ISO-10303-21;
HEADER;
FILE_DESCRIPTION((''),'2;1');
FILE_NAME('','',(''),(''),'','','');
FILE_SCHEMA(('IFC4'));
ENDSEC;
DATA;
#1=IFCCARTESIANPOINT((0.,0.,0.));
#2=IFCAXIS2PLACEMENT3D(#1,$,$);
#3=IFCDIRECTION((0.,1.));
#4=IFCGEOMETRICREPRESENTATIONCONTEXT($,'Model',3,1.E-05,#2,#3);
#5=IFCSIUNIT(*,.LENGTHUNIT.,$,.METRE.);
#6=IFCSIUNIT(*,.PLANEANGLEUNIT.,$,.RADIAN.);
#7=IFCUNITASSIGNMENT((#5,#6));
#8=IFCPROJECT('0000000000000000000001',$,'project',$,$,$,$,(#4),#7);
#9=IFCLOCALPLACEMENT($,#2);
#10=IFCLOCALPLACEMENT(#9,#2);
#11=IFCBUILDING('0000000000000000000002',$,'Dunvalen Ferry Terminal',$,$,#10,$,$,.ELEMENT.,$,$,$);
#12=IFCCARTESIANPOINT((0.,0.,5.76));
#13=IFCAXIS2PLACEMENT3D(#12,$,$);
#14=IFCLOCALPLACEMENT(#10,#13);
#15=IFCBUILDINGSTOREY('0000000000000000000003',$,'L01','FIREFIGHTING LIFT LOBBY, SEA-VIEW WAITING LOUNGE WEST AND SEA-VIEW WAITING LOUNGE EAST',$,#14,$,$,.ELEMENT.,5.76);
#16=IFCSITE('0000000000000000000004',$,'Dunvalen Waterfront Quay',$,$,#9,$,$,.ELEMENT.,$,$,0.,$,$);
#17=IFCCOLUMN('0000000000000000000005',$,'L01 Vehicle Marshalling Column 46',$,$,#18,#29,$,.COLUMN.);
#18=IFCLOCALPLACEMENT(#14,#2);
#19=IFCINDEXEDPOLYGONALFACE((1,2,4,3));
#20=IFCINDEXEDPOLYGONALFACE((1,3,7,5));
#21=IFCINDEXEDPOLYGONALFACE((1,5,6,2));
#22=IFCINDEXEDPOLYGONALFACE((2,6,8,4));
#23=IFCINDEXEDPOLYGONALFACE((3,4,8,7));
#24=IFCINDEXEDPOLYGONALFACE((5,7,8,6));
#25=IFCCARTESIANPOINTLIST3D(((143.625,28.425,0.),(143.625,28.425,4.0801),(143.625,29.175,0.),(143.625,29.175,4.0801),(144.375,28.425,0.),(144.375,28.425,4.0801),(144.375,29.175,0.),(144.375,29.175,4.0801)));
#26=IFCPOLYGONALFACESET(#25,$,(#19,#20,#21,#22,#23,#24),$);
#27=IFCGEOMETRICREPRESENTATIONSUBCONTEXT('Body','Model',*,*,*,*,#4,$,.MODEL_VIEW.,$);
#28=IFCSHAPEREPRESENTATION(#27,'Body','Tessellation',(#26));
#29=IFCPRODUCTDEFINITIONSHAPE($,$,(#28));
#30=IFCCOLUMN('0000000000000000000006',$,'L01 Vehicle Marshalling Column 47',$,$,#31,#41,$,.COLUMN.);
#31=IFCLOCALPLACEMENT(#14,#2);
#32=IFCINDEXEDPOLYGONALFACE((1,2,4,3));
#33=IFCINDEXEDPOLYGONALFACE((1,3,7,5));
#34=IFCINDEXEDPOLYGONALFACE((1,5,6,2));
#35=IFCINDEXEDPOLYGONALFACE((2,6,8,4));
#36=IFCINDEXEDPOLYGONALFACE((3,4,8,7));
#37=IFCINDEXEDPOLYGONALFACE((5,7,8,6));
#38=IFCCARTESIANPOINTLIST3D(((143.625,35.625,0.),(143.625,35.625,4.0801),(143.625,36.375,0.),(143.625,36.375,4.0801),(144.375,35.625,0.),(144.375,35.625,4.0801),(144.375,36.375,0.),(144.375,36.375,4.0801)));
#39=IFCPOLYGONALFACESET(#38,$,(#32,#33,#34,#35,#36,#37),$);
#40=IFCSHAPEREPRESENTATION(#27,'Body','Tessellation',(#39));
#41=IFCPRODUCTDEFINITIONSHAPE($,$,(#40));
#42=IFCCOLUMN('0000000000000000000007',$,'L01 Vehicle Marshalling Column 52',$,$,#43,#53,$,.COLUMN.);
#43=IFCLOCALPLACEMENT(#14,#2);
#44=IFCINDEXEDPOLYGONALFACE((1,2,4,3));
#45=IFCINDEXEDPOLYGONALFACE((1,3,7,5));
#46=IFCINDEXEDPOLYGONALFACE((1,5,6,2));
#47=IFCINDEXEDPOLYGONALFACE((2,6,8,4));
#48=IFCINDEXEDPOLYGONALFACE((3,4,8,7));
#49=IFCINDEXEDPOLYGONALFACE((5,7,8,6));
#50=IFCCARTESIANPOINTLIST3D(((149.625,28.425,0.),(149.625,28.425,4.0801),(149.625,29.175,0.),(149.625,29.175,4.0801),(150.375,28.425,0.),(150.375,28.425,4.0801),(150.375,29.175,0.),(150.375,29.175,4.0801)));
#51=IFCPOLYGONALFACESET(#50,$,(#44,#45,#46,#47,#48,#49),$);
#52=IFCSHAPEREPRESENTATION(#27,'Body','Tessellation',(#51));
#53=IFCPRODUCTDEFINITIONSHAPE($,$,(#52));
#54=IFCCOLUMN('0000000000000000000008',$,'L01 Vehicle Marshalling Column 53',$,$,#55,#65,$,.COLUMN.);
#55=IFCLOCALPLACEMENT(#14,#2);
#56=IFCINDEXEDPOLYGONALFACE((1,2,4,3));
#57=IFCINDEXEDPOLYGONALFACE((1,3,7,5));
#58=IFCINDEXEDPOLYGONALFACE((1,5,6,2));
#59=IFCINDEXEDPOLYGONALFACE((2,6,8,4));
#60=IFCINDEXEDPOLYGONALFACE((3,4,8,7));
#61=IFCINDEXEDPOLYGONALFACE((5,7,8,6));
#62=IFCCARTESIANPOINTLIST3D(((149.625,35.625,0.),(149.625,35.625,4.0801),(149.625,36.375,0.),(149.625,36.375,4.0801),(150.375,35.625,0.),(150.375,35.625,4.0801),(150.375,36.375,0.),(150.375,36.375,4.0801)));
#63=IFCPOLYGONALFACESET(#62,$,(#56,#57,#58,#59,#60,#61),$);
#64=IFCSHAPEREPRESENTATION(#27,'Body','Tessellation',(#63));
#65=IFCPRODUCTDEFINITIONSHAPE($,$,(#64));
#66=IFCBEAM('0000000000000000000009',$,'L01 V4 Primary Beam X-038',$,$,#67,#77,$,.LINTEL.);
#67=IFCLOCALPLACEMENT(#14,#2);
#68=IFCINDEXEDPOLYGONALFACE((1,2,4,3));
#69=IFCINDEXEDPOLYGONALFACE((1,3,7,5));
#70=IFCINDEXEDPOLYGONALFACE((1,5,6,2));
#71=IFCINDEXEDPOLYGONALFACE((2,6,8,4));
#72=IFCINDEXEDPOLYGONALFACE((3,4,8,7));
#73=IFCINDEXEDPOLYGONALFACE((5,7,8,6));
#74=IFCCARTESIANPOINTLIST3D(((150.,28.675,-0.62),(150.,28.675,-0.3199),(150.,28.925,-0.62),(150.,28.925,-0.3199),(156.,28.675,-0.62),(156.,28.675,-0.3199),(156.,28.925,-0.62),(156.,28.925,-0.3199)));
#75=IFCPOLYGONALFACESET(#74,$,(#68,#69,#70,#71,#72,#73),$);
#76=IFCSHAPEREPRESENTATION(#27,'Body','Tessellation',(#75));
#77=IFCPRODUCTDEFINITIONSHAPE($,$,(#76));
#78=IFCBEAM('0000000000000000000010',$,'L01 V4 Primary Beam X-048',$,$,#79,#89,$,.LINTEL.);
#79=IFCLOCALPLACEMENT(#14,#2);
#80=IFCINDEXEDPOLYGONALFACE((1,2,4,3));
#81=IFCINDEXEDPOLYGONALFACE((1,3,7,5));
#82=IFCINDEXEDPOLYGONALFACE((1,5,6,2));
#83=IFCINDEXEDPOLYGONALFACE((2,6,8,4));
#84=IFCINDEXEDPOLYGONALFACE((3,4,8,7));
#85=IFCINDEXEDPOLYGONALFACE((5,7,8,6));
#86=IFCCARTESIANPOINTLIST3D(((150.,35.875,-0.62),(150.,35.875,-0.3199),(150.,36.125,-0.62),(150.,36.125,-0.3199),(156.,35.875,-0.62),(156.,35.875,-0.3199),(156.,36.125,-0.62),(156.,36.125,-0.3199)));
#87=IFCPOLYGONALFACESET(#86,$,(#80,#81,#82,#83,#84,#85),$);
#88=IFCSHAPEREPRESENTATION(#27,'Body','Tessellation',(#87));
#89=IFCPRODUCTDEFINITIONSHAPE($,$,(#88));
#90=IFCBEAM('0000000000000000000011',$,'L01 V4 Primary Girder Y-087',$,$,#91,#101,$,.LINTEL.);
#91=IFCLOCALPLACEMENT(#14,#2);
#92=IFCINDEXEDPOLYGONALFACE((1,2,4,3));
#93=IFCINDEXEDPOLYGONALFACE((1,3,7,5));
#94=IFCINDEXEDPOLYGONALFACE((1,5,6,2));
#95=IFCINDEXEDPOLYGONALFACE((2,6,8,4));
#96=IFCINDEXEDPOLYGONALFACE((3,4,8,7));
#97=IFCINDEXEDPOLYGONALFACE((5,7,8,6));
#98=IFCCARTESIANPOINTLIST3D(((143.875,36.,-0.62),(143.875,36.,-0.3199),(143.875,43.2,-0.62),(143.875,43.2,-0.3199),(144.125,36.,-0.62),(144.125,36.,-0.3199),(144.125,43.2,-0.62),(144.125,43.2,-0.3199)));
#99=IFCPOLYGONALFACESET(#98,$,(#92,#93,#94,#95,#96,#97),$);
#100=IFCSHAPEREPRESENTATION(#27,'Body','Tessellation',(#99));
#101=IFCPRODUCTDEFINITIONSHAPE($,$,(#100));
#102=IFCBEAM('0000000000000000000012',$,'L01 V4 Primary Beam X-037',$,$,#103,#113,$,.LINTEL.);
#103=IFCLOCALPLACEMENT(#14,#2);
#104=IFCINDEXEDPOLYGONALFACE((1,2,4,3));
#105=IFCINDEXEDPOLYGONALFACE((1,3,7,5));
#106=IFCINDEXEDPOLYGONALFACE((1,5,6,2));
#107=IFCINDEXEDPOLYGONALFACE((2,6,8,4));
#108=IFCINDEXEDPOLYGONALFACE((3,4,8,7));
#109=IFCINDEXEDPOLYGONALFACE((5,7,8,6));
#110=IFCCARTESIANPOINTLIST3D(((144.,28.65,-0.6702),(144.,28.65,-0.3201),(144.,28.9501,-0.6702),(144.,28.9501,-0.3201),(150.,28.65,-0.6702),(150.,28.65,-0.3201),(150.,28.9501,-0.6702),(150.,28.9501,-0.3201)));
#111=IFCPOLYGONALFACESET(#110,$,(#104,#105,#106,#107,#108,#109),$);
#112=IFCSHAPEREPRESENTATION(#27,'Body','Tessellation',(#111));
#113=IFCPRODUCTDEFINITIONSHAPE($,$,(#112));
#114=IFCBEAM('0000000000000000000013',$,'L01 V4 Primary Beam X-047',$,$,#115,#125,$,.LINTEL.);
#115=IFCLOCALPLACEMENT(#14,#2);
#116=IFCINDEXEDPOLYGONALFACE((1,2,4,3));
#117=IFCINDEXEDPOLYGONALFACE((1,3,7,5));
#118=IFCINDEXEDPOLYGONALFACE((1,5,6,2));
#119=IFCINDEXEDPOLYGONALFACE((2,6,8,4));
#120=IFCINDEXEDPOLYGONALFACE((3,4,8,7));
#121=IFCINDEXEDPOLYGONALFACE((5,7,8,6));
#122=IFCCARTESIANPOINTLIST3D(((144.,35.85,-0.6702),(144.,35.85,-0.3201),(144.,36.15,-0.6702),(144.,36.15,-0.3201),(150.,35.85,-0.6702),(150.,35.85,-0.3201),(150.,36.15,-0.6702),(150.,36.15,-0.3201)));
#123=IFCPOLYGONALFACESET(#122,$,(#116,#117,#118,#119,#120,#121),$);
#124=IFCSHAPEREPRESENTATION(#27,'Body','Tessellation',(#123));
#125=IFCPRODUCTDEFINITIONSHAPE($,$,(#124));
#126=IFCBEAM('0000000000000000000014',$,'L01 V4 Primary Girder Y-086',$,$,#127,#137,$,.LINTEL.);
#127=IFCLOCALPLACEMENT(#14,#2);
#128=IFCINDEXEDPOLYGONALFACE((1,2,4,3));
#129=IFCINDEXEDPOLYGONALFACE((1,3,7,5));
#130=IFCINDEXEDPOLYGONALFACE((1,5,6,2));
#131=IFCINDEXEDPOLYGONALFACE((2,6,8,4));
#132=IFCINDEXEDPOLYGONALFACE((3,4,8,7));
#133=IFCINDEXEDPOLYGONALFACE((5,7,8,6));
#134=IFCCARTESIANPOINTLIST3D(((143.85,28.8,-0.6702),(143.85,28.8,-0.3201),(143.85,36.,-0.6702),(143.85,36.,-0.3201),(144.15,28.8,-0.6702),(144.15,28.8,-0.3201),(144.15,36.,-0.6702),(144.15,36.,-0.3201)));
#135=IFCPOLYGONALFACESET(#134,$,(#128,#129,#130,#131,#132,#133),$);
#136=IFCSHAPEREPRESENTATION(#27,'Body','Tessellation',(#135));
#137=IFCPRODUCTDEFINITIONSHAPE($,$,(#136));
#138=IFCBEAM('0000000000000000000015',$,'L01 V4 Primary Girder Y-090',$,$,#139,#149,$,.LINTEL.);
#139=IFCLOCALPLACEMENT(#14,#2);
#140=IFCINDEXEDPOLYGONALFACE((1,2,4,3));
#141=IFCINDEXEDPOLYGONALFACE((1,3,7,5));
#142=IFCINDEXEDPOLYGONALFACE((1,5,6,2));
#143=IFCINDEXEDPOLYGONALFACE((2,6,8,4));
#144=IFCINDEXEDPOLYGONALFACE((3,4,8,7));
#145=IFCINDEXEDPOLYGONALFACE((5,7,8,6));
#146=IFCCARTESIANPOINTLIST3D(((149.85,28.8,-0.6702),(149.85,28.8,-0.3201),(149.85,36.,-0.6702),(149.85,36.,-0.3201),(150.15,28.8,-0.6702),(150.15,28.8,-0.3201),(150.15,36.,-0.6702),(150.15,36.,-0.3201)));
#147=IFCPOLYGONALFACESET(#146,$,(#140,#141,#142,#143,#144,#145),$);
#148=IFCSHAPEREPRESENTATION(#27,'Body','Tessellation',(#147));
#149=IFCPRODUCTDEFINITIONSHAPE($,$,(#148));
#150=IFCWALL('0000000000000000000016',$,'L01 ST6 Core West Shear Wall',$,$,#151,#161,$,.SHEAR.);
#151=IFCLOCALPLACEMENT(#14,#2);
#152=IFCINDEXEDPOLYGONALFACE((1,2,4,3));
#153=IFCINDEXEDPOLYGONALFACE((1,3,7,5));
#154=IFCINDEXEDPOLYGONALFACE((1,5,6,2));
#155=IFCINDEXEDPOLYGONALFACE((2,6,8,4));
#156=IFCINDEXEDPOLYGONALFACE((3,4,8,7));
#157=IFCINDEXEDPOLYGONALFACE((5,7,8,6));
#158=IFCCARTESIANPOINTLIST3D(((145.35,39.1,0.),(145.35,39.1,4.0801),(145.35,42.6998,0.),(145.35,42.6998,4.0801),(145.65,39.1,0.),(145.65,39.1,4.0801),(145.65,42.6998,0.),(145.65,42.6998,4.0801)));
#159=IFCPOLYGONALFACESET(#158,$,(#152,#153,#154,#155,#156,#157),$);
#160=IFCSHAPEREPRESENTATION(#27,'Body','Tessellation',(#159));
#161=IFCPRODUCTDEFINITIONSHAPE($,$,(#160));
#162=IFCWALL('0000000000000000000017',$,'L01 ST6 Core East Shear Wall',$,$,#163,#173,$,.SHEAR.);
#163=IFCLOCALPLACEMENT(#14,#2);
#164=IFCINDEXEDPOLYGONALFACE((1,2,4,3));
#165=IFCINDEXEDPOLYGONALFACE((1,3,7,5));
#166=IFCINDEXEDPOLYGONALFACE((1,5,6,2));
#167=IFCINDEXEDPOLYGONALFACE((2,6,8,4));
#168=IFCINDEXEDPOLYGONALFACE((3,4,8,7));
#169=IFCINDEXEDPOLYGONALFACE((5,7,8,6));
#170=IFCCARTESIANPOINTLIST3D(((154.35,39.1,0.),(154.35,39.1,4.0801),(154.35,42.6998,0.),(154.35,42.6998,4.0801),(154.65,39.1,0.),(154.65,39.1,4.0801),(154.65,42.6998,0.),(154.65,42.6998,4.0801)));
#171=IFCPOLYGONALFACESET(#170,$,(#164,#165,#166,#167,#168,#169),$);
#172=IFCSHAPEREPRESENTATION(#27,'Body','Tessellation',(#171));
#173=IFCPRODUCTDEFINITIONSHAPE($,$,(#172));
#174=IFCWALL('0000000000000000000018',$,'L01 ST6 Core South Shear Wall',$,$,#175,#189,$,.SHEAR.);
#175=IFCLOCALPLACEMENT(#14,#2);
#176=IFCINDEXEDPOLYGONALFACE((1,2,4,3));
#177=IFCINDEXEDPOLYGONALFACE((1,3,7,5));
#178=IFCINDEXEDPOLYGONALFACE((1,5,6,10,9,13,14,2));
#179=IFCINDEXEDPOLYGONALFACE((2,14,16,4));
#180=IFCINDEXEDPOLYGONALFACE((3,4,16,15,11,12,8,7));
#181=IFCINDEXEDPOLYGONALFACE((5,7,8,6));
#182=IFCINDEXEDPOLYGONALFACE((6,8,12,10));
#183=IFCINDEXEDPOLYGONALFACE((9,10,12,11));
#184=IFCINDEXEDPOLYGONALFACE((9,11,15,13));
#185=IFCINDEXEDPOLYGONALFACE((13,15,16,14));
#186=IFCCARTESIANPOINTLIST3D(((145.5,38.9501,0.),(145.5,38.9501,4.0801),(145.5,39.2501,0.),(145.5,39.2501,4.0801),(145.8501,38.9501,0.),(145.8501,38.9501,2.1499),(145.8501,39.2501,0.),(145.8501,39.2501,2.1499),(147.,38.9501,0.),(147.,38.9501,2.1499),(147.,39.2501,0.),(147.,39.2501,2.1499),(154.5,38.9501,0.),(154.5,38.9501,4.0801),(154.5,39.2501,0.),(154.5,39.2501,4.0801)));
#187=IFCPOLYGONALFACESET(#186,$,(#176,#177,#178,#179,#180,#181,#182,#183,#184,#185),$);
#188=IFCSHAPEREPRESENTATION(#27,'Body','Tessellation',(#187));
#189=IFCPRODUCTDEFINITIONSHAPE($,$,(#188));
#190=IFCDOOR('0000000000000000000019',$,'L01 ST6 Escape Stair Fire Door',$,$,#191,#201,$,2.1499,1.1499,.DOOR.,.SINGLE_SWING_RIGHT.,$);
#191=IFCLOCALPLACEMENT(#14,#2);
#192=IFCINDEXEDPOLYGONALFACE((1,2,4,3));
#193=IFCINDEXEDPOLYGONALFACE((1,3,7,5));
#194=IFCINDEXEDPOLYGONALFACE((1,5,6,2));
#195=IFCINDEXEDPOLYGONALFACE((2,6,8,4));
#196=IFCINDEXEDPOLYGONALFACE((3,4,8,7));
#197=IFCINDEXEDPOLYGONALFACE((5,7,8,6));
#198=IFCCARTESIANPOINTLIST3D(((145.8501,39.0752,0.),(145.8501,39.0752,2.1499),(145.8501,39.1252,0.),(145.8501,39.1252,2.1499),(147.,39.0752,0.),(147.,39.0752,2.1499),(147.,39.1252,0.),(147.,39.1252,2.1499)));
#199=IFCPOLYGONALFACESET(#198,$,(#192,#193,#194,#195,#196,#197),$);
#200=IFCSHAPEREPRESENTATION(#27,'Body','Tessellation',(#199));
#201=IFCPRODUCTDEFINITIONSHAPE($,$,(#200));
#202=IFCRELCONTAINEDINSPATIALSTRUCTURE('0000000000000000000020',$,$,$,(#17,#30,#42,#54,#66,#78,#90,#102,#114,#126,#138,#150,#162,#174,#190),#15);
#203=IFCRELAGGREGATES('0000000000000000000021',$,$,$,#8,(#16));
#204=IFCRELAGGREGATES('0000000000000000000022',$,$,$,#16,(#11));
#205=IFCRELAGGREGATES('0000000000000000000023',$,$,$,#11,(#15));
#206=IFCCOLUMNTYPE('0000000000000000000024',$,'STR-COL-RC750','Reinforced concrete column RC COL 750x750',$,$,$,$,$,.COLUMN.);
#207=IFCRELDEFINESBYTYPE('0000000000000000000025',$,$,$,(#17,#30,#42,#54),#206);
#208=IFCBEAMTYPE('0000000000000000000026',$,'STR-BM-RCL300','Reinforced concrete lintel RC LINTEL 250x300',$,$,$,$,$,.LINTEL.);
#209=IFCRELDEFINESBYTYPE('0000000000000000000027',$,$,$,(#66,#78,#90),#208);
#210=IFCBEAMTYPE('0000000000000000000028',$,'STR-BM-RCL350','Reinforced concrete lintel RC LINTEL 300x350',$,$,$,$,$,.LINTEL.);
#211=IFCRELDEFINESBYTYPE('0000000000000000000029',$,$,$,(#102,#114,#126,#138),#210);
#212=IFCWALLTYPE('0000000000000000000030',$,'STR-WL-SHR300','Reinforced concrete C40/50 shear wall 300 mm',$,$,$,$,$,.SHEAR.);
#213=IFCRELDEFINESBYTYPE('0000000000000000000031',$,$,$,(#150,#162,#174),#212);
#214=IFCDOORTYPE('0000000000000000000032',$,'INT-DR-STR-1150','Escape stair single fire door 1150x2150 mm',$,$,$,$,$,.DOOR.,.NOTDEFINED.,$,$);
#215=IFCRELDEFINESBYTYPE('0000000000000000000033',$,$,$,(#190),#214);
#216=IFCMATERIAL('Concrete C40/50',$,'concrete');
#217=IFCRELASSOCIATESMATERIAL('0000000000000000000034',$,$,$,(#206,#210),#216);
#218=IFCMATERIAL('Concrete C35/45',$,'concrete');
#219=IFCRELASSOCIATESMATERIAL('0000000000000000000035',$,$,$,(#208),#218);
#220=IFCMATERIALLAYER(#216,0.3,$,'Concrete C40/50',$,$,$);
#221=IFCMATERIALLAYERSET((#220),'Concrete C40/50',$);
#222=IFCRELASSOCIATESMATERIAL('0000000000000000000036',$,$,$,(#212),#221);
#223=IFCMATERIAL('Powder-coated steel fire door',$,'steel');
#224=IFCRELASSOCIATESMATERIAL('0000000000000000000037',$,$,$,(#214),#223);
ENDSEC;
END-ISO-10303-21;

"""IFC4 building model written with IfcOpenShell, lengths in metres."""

from ifc_helpers import new_model, si_unit, direction, frame, frame_2d, origin, origin_2d, place, context, subcontext, project, spatial, rectangle, extrude, material, layer, layer_set, material_profile, profile_set, type_object, element, fill, save


model = new_model("IFC4")

# Units and contexts
model_context = context("Model", 3, precision=1e-05, world=origin(), true_north=direction((0.0, 1.0)))
body_context = subcontext(model_context, "Body", "Model", "MODEL_VIEW")
ifc_project = project(units=[si_unit("LENGTHUNIT", "METRE"), si_unit("PLANEANGLEUNIT", "RADIAN")], contexts=[model_context])

# Site, building, storey
site_placement = place(None, origin())
site = spatial("IfcSite", under=ifc_project, at=site_placement, Name="Dunvalen Waterfront Quay", CompositionType="ELEMENT", RefElevation=0.0)
building_placement = place(site_placement, origin())
building = spatial("IfcBuilding", under=site, at=building_placement, Name="Dunvalen Ferry Terminal", CompositionType="ELEMENT")
storey_placement = place(building_placement, frame((0.0, 0.0, 5.76)))
storey = spatial("IfcBuildingStorey", under=building, at=storey_placement, Name="L01", Description="FIREFIGHTING LIFT LOBBY, SEA-VIEW WAITING LOUNGE WEST AND SEA-VIEW WAITING LOUNGE EAST", CompositionType="ELEMENT", Elevation=5.76)

# Columns
ifc_material_1 = material(Name="Concrete C40/50", Category="concrete")
ifc_material_profile_1 = material_profile(ifc_material_1, rectangle(XDim=0.75, YDim=0.75, at=origin_2d()), Name="Concrete C40/50")
ifc_profile_set_1 = profile_set([ifc_material_profile_1], Name="Concrete C40/50")
column_type = type_object("IfcColumnType", Name="STR-COL-RC750", Description="Reinforced concrete column RC COL 750x750", PredefinedType="COLUMN", material=ifc_profile_set_1)
for number, where, z_axis, x_axis, name in (
    (1, (144.0, 28.8, 0.0), (0.0, 0.0, 1.0), (1.0, 0.0, 0.0), "L01 Vehicle Marshalling Column 46"),
    (2, (144.0, 36.0, 0.0), (0.0, 0.0, 1.0), (1.0, 0.0, 0.0), "L01 Vehicle Marshalling Column 47"),
    (3, (150.0, 28.8, 0.0), (0.0, 0.0, 1.0), (1.0, 0.0, 0.0), "L01 Vehicle Marshalling Column 52"),
    (4, (150.0, 36.0, 0.0), (0.0, 0.0, 1.0), (1.0, 0.0, 0.0), "L01 Vehicle Marshalling Column 53"),
):
    element("IfcColumn", number, at=place(storey_placement, frame(where, z_axis=z_axis, x_axis=x_axis)), inside=storey, type_object=column_type, Name=name, PredefinedType="COLUMN", context=body_context, shape_type="SweptSolid", body=[
        extrude(rectangle(XDim=0.75, YDim=0.75, at=origin_2d()), origin(), (0.0, 0.0, 1.0), 4.0801),
    ])

# Beams
ifc_material_2 = material(Name="Concrete C35/45", Category="concrete")
ifc_material_profile_2 = material_profile(ifc_material_2, rectangle(XDim=0.25, YDim=0.3, at=origin_2d()), Name="Concrete C35/45")
ifc_profile_set_2 = profile_set([ifc_material_profile_2], Name="Concrete C35/45")
beam_type_1 = type_object("IfcBeamType", Name="STR-BM-RCL300", Description="Reinforced concrete lintel RC LINTEL 250x300", PredefinedType="LINTEL", material=ifc_profile_set_2)
for number, where, z_axis, x_axis, name in (
    (5, (150.0, 28.8, -0.47), (1.0, 0.0, 0.0), (0.0, 1.0, 0.0), "L01 V4 Primary Beam X-038"),
    (6, (150.0, 36.0, -0.47), (1.0, 0.0, 0.0), (0.0, 1.0, 0.0), "L01 V4 Primary Beam X-048"),
):
    element("IfcBeam", number, at=place(storey_placement, frame(where, z_axis=z_axis, x_axis=x_axis)), inside=storey, type_object=beam_type_1, Name=name, PredefinedType="LINTEL", context=body_context, shape_type="SweptSolid", body=[
        extrude(rectangle(XDim=0.25, YDim=0.3, at=origin_2d()), origin(), (0.0, 0.0, 1.0), 6.0),
    ])
beam_placement = place(storey_placement, frame((144.0, 36.0, -0.47), z_axis=(0.0, 1.0, 0.0), x_axis=(-1.0, 0.0, 0.0)))
element("IfcBeam", 7, at=beam_placement, inside=storey, type_object=beam_type_1, Name="L01 V4 Primary Girder Y-087", PredefinedType="LINTEL", context=body_context, shape_type="SweptSolid", body=[
    extrude(rectangle(XDim=0.25, YDim=0.3, at=origin_2d()), origin(), (0.0, 0.0, 1.0), 7.2),
])
ifc_material_profile_3 = material_profile(ifc_material_1, rectangle(XDim=0.3, YDim=0.3501, at=origin_2d()), Name="Concrete C40/50")
ifc_profile_set_3 = profile_set([ifc_material_profile_3], Name="Concrete C40/50")
beam_type_2 = type_object("IfcBeamType", Name="STR-BM-RCL350", Description="Reinforced concrete lintel RC LINTEL 300x350", PredefinedType="LINTEL", material=ifc_profile_set_3)
for number, where, z_axis, x_axis, name in (
    (8, (144.0, 28.8, -0.4951), (1.0, 0.0, 0.0), (0.0, 1.0, 0.0), "L01 V4 Primary Beam X-037"),
    (9, (144.0, 36.0, -0.4951), (1.0, 0.0, 0.0), (0.0, 1.0, 0.0), "L01 V4 Primary Beam X-047"),
):
    element("IfcBeam", number, at=place(storey_placement, frame(where, z_axis=z_axis, x_axis=x_axis)), inside=storey, type_object=beam_type_2, Name=name, PredefinedType="LINTEL", context=body_context, shape_type="SweptSolid", body=[
        extrude(rectangle(XDim=0.3, YDim=0.3501, at=origin_2d()), origin(), (0.0, 0.0, 1.0), 6.0),
    ])
for number, where, z_axis, x_axis, name in (
    (10, (144.0, 28.8, -0.4951), (0.0, 1.0, 0.0), (-1.0, 0.0, 0.0), "L01 V4 Primary Girder Y-086"),
    (11, (150.0, 28.8, -0.4951), (0.0, 1.0, 0.0), (-1.0, 0.0, 0.0), "L01 V4 Primary Girder Y-090"),
):
    element("IfcBeam", number, at=place(storey_placement, frame(where, z_axis=z_axis, x_axis=x_axis)), inside=storey, type_object=beam_type_2, Name=name, PredefinedType="LINTEL", context=body_context, shape_type="SweptSolid", body=[
        extrude(rectangle(XDim=0.3, YDim=0.3501, at=origin_2d()), origin(), (0.0, 0.0, 1.0), 7.2),
    ])

# Walls
ifc_layer = layer(ifc_material_1, 0.3, Name="Concrete C40/50")
ifc_layer_set = layer_set([ifc_layer], Name="Concrete C40/50")
wall_type = type_object("IfcWallType", Name="STR-WL-SHR300", Description="Reinforced concrete C40/50 shear wall 300 mm", PredefinedType="SHEAR", material=ifc_layer_set)
for number, where, z_axis, x_axis, name in (
    (12, (145.5, 39.1001, 0.0), (0.0, 0.0, 1.0), (0.0, 1.0, 0.0), "L01 ST6 Core West Shear Wall"),
    (13, (154.5, 39.1001, 0.0), (0.0, 0.0, 1.0), (0.0, 1.0, 0.0), "L01 ST6 Core East Shear Wall"),
):
    element("IfcWall", number, at=place(storey_placement, frame(where, z_axis=z_axis, x_axis=x_axis)), inside=storey, type_object=wall_type, Name=name, PredefinedType="SHEAR", context=body_context, shape_type="SweptSolid", body=[
        extrude(rectangle(XDim=3.5999, YDim=0.3, at=frame_2d((1.7998, 0.0))), origin(), (0.0, 0.0, 1.0), 4.0801),
    ])

# Wall, opening, door
wall_placement = place(storey_placement, frame((145.5, 39.1001, 0.0), z_axis=(0.0, 0.0, 1.0), x_axis=(1.0, 0.0, 0.0)))
wall = element("IfcWall", 14, at=wall_placement, inside=storey, type_object=wall_type, Name="L01 ST6 Core South Shear Wall", PredefinedType="SHEAR", context=body_context, shape_type="SweptSolid", body=[
    extrude(rectangle(XDim=9.0, YDim=0.3, at=frame_2d((4.5, 0.0))), origin(), (0.0, 0.0, 1.0), 4.0801),
])
opening_placement = place(wall_placement, frame((0.3501, 0.0, 0.0)))
opening = element("IfcOpeningElement", 15, at=opening_placement, cuts=wall, PredefinedType="OPENING", context=body_context, shape_type="SweptSolid", body=[
    extrude(rectangle(XDim=1.1499, YDim=2.1499, at=frame_2d((0.575, 1.075))), frame((0.0, 0.1602, 0.0), z_axis=(0.0, -1.0, 0.0), x_axis=(1.0, 0.0, 0.0)), (0.0, 0.0, 1.0), 0.3201),
])
ifc_material_3 = material(Name="Powder-coated steel fire door", Category="steel")
door_type = type_object("IfcDoorType", Name="INT-DR-STR-1150", Description="Escape stair single fire door 1150x2150 mm", OperationType="NOTDEFINED", PredefinedType="DOOR", material=ifc_material_3)
door_placement = place(opening_placement, frame((1.1499, 0.0, 0.0), z_axis=(0.0, 0.0, 1.0), x_axis=(-1.0, 0.0, 0.0)))
door = element("IfcDoor", 16, at=door_placement, inside=storey, type_object=door_type, Name="L01 ST6 Escape Stair Fire Door", OperationType="SINGLE_SWING_RIGHT", OverallHeight=2.1499, OverallWidth=1.1499, PredefinedType="DOOR", context=body_context, shape_type="SweptSolid", body=[
    extrude(rectangle(XDim=1.1499, YDim=2.1499, at=frame_2d((0.575, 1.075))), frame((0.0, 0.0249, 0.0), z_axis=(0.0, -1.0, 0.0), x_axis=(1.0, 0.0, 0.0)), (0.0, 0.0, 1.0), 0.05),
])
fill(opening, door)

save(model, "model.ifc")
